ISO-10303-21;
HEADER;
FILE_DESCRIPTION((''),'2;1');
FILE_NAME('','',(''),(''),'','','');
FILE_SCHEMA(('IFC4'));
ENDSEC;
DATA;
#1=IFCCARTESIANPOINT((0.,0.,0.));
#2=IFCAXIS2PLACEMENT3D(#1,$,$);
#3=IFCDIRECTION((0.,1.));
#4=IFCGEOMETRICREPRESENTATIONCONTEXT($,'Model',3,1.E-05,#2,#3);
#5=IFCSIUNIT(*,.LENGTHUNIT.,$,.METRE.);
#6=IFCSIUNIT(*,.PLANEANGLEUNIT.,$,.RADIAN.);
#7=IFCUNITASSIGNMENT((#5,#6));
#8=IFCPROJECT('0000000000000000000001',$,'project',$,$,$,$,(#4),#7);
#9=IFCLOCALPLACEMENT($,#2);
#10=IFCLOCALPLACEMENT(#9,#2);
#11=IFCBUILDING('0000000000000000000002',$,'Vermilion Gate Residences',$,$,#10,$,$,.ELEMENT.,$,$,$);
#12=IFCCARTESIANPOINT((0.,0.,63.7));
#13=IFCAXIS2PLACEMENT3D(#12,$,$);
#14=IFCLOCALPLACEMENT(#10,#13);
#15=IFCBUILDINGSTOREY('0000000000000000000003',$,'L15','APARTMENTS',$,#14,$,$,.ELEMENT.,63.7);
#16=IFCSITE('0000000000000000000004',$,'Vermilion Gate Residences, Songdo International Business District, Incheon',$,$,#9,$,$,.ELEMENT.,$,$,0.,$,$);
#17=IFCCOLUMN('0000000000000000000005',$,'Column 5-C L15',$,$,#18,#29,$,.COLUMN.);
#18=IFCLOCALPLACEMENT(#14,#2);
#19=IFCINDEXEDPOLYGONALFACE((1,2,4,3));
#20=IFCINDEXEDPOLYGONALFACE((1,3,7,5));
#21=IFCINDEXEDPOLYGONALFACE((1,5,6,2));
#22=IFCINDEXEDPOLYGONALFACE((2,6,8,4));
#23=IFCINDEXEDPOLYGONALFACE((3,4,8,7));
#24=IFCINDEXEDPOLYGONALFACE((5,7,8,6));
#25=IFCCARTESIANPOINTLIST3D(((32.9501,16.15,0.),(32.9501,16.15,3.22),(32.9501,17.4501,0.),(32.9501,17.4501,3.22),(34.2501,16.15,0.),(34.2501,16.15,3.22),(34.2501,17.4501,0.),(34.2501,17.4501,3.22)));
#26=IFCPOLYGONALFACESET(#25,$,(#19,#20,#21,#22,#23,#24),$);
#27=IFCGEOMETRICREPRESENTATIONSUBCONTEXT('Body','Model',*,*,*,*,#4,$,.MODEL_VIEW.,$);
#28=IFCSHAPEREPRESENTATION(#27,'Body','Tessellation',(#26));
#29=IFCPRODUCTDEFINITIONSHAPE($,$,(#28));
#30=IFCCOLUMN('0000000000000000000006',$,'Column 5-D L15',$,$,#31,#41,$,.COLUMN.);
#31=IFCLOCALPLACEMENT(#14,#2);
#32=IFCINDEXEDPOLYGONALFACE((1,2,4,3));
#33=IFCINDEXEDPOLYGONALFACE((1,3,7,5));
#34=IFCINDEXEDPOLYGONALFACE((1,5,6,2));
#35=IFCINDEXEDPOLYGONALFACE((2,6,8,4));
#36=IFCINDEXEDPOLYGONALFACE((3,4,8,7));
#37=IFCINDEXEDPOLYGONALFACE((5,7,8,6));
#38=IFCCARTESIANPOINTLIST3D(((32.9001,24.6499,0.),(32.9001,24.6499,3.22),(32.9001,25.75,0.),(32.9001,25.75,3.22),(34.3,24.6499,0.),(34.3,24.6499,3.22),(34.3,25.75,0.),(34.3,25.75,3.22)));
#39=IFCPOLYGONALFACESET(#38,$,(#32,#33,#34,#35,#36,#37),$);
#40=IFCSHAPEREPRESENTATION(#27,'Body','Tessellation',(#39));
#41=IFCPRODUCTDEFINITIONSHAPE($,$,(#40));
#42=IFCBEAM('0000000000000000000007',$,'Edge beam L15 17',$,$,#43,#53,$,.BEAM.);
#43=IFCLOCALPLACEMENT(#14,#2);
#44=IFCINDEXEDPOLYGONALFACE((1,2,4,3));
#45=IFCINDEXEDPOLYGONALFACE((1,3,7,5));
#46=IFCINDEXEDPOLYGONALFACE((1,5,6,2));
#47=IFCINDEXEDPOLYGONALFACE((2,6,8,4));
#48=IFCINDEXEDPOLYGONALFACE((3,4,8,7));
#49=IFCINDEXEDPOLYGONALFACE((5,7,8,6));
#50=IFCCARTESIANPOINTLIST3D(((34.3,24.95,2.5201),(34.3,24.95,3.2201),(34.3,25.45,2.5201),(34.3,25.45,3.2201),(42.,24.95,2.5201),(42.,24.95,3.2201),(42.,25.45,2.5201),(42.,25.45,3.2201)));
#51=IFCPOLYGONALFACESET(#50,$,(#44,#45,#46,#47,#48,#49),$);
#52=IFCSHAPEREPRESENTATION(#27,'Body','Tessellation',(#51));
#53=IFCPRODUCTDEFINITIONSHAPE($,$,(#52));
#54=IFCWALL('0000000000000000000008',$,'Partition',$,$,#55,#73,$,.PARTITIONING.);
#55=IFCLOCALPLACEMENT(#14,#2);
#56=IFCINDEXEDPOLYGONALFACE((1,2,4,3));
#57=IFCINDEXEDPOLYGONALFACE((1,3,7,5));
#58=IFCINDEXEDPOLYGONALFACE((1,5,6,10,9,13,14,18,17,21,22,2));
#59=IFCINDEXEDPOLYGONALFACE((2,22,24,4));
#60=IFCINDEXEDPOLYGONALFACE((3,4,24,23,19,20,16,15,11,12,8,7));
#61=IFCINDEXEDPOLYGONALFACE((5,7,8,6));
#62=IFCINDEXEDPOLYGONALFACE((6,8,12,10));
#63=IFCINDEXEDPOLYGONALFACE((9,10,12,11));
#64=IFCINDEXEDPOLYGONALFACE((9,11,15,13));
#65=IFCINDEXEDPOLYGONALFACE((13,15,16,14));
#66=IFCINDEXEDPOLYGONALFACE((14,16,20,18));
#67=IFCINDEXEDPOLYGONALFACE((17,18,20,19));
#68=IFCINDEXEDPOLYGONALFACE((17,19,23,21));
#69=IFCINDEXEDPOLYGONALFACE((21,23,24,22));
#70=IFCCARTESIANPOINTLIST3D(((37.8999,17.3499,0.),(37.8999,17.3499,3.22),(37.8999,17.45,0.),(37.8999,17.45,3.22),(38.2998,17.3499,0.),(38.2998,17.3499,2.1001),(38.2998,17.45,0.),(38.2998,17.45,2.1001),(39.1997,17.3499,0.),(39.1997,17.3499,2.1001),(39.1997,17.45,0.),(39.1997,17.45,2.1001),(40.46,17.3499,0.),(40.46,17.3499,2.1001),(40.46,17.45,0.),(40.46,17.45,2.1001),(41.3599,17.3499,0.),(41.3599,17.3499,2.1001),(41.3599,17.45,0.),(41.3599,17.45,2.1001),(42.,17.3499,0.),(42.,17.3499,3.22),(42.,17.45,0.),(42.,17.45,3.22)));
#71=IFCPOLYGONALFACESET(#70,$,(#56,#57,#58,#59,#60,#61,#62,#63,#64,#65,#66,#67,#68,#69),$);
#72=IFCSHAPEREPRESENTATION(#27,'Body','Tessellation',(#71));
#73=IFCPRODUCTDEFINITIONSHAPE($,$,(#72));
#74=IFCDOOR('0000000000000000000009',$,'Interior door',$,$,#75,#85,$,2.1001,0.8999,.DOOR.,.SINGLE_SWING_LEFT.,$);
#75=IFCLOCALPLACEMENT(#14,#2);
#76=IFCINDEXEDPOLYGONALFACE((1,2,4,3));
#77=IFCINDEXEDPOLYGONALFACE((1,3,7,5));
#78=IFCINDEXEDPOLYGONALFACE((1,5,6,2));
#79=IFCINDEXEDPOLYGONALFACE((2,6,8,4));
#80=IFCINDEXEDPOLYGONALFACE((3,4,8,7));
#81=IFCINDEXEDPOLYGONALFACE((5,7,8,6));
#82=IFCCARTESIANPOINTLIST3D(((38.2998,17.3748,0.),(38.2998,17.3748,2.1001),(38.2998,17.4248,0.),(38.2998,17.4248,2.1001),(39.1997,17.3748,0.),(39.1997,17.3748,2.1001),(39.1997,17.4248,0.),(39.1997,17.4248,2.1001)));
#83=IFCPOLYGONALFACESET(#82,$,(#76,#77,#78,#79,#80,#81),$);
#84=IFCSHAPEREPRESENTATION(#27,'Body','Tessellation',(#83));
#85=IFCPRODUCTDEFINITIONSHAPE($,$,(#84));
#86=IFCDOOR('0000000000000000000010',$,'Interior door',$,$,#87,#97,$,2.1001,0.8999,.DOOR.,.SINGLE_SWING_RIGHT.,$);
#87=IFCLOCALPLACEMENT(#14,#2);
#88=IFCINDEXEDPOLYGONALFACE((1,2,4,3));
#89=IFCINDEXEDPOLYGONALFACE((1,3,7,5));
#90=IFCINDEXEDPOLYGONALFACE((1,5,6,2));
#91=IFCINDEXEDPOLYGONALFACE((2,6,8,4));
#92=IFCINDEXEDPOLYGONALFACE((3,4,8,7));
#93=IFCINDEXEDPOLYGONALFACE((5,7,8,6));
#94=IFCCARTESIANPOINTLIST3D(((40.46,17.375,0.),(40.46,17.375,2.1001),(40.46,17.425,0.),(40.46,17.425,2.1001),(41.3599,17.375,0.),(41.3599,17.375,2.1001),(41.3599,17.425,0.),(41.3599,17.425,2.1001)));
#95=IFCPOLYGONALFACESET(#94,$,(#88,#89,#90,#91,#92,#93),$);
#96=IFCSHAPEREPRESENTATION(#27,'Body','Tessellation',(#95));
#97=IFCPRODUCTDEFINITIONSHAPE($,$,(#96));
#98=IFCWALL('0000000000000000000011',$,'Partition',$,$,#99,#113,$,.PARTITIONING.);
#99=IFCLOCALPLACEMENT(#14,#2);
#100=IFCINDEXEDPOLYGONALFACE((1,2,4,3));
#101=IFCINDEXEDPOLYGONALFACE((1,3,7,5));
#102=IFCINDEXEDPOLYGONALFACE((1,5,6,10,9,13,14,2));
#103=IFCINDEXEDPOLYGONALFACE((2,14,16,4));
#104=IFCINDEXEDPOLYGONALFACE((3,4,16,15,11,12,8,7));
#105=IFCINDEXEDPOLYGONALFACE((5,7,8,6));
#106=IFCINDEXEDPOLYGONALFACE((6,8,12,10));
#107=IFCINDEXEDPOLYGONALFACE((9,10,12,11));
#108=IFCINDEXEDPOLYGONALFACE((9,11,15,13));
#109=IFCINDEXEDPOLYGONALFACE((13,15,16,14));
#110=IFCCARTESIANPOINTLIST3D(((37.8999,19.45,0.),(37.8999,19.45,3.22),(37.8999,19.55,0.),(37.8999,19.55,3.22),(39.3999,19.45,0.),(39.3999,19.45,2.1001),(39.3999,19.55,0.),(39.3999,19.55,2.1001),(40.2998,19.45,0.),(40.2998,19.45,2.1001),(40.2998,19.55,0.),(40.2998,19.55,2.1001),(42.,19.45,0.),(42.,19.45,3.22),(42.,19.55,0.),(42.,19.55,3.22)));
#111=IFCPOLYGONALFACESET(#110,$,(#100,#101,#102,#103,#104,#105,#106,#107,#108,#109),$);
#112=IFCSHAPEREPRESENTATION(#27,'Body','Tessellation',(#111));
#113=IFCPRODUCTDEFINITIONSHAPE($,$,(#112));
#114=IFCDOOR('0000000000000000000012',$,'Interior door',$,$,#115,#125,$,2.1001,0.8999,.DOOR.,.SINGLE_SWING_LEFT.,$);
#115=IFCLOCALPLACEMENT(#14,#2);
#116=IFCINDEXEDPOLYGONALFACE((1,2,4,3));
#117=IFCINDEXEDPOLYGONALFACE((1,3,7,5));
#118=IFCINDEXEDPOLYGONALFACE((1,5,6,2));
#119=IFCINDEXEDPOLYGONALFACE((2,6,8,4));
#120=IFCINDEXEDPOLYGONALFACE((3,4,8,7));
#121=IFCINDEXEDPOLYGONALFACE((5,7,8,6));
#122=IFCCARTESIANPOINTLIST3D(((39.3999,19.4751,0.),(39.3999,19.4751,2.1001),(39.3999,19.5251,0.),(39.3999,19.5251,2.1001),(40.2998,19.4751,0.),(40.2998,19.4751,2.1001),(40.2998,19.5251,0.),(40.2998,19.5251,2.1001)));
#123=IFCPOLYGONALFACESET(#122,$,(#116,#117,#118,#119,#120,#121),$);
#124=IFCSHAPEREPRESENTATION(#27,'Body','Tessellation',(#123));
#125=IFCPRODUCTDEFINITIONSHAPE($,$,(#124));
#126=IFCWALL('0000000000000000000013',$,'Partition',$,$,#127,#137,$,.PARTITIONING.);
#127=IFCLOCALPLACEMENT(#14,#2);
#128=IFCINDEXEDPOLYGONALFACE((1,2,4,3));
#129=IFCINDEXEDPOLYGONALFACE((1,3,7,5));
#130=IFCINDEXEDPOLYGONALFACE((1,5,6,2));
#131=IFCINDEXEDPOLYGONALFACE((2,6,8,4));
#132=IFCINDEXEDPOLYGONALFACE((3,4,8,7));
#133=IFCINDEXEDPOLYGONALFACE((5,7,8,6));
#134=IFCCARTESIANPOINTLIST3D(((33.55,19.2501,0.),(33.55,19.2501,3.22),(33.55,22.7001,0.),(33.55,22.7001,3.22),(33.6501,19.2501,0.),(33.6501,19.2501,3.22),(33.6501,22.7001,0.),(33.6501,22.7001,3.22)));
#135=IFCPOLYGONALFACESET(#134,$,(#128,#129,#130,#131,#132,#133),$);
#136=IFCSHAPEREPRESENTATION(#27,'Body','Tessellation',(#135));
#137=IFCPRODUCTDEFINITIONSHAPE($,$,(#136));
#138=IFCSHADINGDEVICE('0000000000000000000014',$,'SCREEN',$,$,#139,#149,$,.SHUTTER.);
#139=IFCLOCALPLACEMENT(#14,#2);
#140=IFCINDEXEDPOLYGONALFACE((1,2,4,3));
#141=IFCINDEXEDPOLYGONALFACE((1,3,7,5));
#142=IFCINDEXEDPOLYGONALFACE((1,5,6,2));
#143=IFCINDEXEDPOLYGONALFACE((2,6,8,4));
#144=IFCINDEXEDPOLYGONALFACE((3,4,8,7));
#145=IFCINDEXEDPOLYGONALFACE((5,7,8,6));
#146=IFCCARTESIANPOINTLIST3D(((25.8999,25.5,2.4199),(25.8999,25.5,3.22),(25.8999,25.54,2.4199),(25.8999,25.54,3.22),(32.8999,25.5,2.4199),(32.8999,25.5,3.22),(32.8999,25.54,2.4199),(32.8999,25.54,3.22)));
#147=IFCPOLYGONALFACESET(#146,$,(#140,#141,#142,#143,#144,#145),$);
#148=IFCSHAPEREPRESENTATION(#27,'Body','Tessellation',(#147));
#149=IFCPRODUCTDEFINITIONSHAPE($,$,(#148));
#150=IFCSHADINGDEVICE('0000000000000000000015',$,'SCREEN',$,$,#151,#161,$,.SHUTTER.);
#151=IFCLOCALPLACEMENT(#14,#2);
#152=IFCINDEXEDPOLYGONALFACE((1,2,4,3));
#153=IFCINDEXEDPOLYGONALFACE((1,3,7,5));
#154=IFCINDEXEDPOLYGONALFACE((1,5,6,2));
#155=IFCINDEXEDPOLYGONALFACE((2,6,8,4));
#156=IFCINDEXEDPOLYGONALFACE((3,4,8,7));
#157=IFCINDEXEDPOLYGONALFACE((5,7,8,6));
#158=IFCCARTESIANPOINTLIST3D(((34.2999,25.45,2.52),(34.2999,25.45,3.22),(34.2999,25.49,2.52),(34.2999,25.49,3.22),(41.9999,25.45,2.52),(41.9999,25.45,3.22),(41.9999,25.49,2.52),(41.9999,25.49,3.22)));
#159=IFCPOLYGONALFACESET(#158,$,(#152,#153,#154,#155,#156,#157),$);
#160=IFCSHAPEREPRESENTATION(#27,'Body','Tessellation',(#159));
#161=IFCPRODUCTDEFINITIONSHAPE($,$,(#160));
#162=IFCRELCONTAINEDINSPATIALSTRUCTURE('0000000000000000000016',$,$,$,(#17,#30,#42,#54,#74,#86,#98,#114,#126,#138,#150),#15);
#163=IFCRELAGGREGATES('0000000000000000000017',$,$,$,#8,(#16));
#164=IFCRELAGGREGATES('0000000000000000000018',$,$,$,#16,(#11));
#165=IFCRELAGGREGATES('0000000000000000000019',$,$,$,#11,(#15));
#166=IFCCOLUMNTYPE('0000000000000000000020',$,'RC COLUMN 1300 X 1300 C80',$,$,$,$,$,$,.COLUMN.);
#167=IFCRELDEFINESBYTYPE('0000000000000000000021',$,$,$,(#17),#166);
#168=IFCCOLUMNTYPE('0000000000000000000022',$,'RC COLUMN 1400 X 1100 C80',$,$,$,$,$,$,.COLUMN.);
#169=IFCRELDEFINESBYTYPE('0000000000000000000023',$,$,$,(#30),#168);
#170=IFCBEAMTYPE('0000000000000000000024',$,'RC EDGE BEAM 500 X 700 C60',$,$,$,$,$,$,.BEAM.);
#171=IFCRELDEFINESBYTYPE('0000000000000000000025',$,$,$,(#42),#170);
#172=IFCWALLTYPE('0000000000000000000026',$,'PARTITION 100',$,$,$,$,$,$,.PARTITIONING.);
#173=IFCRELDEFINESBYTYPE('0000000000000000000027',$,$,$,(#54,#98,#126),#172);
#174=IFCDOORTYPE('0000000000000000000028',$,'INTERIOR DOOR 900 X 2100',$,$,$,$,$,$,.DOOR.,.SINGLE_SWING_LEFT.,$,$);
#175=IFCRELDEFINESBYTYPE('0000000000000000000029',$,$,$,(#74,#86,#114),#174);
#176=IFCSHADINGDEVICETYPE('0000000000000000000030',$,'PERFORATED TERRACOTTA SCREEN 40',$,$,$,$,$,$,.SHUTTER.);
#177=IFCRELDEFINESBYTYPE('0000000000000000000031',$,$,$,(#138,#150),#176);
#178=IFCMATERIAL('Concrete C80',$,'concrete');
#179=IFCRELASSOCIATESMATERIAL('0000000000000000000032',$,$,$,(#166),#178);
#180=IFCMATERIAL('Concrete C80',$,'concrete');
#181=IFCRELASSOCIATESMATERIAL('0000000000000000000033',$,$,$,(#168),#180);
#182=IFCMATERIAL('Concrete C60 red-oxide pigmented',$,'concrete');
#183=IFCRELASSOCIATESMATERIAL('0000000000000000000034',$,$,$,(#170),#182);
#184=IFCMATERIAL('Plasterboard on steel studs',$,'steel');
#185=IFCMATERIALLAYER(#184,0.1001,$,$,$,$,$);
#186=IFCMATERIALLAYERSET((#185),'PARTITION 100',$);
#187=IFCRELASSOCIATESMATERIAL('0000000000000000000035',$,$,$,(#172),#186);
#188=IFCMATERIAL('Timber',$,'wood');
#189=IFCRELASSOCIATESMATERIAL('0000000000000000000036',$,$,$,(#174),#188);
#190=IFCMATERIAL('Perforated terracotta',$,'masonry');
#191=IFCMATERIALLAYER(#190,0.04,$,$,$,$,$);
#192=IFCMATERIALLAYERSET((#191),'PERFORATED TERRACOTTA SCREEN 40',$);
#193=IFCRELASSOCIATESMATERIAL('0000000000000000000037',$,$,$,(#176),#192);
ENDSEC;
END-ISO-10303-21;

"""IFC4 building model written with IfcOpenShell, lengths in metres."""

from ifc_helpers import new_model, si_unit, direction, frame, frame_2d, origin, origin_2d, place, context, subcontext, project, spatial, rectangle, extrude, material, layer, layer_set, material_profile, profile_set, type_object, element, fill, save


model = new_model("IFC4")

# Units and contexts
model_context = context("Model", 3, precision=1e-05, world=origin(), true_north=direction((0.0, 1.0)))
body_context = subcontext(model_context, "Body", "Model", "MODEL_VIEW")
ifc_project = project(units=[si_unit("LENGTHUNIT", "METRE"), si_unit("PLANEANGLEUNIT", "RADIAN")], contexts=[model_context])

# Site, building, storey
site_placement = place(None, origin())
site = spatial("IfcSite", under=ifc_project, at=site_placement, Name="Vermilion Gate Residences, Songdo International Business District, Incheon", CompositionType="ELEMENT", RefElevation=0.0)
building_placement = place(site_placement, origin())
building = spatial("IfcBuilding", under=site, at=building_placement, Name="Vermilion Gate Residences", CompositionType="ELEMENT")
storey_placement = place(building_placement, frame((0.0, 0.0, 63.7)))
storey = spatial("IfcBuildingStorey", under=building, at=storey_placement, Name="L15", Description="APARTMENTS", CompositionType="ELEMENT", Elevation=63.7)

# Columns
ifc_material_1 = material(Name="Concrete C80", Category="concrete")
ifc_material_profile_1 = material_profile(ifc_material_1, rectangle(XDim=1.3, YDim=1.3, at=origin_2d()), Name="RC-1300x1300")
ifc_profile_set_1 = profile_set([ifc_material_profile_1], Name="Concrete C80")
column_type_1 = type_object("IfcColumnType", Name="RC COLUMN 1300 X 1300 C80", PredefinedType="COLUMN", material=ifc_profile_set_1)
column_1_placement = place(storey_placement, frame((33.6001, 16.8, 0.0), z_axis=(0.0, 0.0, 1.0), x_axis=(1.0, 0.0, 0.0)))
element("IfcColumn", 1, at=column_1_placement, inside=storey, type_object=column_type_1, Name="Column 5-C L15", PredefinedType="COLUMN", context=body_context, shape_type="SweptSolid", body=[
    extrude(rectangle(XDim=1.3, YDim=1.3, at=origin_2d()), origin(), (0.0, 0.0, 1.0), 3.22),
])
ifc_material_2 = material(Name="Concrete C80", Category="concrete")
ifc_material_profile_2 = material_profile(ifc_material_2, rectangle(XDim=1.3999, YDim=1.1001, at=origin_2d()), Name="RC-1400x1100")
ifc_profile_set_2 = profile_set([ifc_material_profile_2], Name="Concrete C80")
column_type_2 = type_object("IfcColumnType", Name="RC COLUMN 1400 X 1100 C80", PredefinedType="COLUMN", material=ifc_profile_set_2)
column_2_placement = place(storey_placement, frame((33.6001, 25.2, 0.0), z_axis=(0.0, 0.0, 1.0), x_axis=(1.0, 0.0, 0.0)))
element("IfcColumn", 2, at=column_2_placement, inside=storey, type_object=column_type_2, Name="Column 5-D L15", PredefinedType="COLUMN", context=body_context, shape_type="SweptSolid", body=[
    extrude(rectangle(XDim=1.3999, YDim=1.1001, at=origin_2d()), origin(), (0.0, 0.0, 1.0), 3.22),
])

# Beam
ifc_material_3 = material(Name="Concrete C60 red-oxide pigmented", Category="concrete")
ifc_material_profile_3 = material_profile(ifc_material_3, rectangle(XDim=0.5, YDim=0.7, at=origin_2d()), Name="RC-500x700")
ifc_profile_set_3 = profile_set([ifc_material_profile_3], Name="Concrete C60 red-oxide pigmented")
beam_type = type_object("IfcBeamType", Name="RC EDGE BEAM 500 X 700 C60", PredefinedType="BEAM", material=ifc_profile_set_3)
beam_placement = place(storey_placement, frame((34.3, 25.2, 2.8701), z_axis=(1.0, 0.0, 0.0), x_axis=(0.0, 1.0, 0.0)))
element("IfcBeam", 3, at=beam_placement, inside=storey, type_object=beam_type, Name="Edge beam L15 17", PredefinedType="BEAM", context=body_context, shape_type="SweptSolid", body=[
    extrude(rectangle(XDim=0.5, YDim=0.7, at=origin_2d()), origin(), (0.0, 0.0, 1.0), 7.7),
])

# Wall, openings, doors
ifc_material_4 = material(Name="Plasterboard on steel studs", Category="steel")
ifc_layer_1 = layer(ifc_material_4, 0.1001)
ifc_layer_set_1 = layer_set([ifc_layer_1], Name="PARTITION 100")
wall_type = type_object("IfcWallType", Name="PARTITION 100", PredefinedType="PARTITIONING", material=ifc_layer_set_1)
wall_1_placement = place(storey_placement, frame((37.8999, 17.3999, 0.0), z_axis=(0.0, 0.0, 1.0), x_axis=(1.0, 0.0, 0.0)))
wall_1 = element("IfcWall", 4, at=wall_1_placement, inside=storey, type_object=wall_type, Name="Partition", PredefinedType="PARTITIONING", context=body_context, shape_type="SweptSolid", body=[
    extrude(rectangle(XDim=4.1001, YDim=0.1001, at=frame_2d((2.05, 0.0))), origin(), (0.0, 0.0, 1.0), 3.22),
])
opening_1_placement = place(wall_1_placement, frame((0.3999, 0.0, 0.0)))
opening_1 = element("IfcOpeningElement", 5, at=opening_1_placement, cuts=wall_1, PredefinedType="OPENING", context=body_context, shape_type="SweptSolid", body=[
    extrude(rectangle(XDim=0.8999, YDim=2.1001, at=frame_2d((0.45, 1.05))), frame((0.0, 0.0601, 0.0), z_axis=(0.0, -1.0, 0.0), x_axis=(1.0, 0.0, 0.0)), (0.0, 0.0, 1.0), 0.1201),
])
opening_2_placement = place(wall_1_placement, frame((2.5601, 0.0, 0.0)))
opening_2 = element("IfcOpeningElement", 6, at=opening_2_placement, cuts=wall_1, PredefinedType="OPENING", context=body_context, shape_type="SweptSolid", body=[
    extrude(rectangle(XDim=0.8999, YDim=2.1001, at=frame_2d((0.45, 1.05))), frame((0.0, 0.0601, 0.0), z_axis=(0.0, -1.0, 0.0), x_axis=(1.0, 0.0, 0.0)), (0.0, 0.0, 1.0), 0.1201),
])
ifc_material_5 = material(Name="Timber", Category="wood")
door_type = type_object("IfcDoorType", Name="INTERIOR DOOR 900 X 2100", OperationType="SINGLE_SWING_LEFT", PredefinedType="DOOR", material=ifc_material_5)
door_1_placement = place(opening_1_placement, origin())
door_1 = element("IfcDoor", 7, at=door_1_placement, inside=storey, type_object=door_type, Name="Interior door", OperationType="SINGLE_SWING_LEFT", OverallHeight=2.1001, OverallWidth=0.8999, PredefinedType="DOOR", context=body_context, shape_type="SweptSolid", body=[
    extrude(rectangle(XDim=0.8999, YDim=2.1001, at=frame_2d((0.45, 1.05))), frame((0.0, 0.0249, 0.0), z_axis=(0.0, -1.0, 0.0), x_axis=(1.0, 0.0, 0.0)), (0.0, 0.0, 1.0), 0.05),
])
fill(opening_1, door_1)
door_2_placement = place(opening_2_placement, frame((0.8999, 0.0, 0.0), z_axis=(0.0, 0.0, 1.0), x_axis=(-1.0, 0.0, 0.0)))
door_2 = element("IfcDoor", 8, at=door_2_placement, inside=storey, type_object=door_type, Name="Interior door", OperationType="SINGLE_SWING_RIGHT", OverallHeight=2.1001, OverallWidth=0.8999, PredefinedType="DOOR", context=body_context, shape_type="SweptSolid", body=[
    extrude(rectangle(XDim=0.8999, YDim=2.1001, at=frame_2d((0.45, 1.05))), frame((0.0, 0.0249, 0.0), z_axis=(0.0, -1.0, 0.0), x_axis=(1.0, 0.0, 0.0)), (0.0, 0.0, 1.0), 0.05),
])
fill(opening_2, door_2)

# Wall, opening, door
wall_2_placement = place(storey_placement, frame((37.8999, 19.5, 0.0), z_axis=(0.0, 0.0, 1.0), x_axis=(1.0, 0.0, 0.0)))
wall_2 = element("IfcWall", 9, at=wall_2_placement, inside=storey, type_object=wall_type, Name="Partition", PredefinedType="PARTITIONING", context=body_context, shape_type="SweptSolid", body=[
    extrude(rectangle(XDim=4.1001, YDim=0.1001, at=frame_2d((2.05, 0.0))), origin(), (0.0, 0.0, 1.0), 3.22),
])
opening_3_placement = place(wall_2_placement, frame((1.5, 0.0, 0.0)))
opening_3 = element("IfcOpeningElement", 10, at=opening_3_placement, cuts=wall_2, PredefinedType="OPENING", context=body_context, shape_type="SweptSolid", body=[
    extrude(rectangle(XDim=0.8999, YDim=2.1001, at=frame_2d((0.45, 1.05))), frame((0.0, 0.0601, 0.0), z_axis=(0.0, -1.0, 0.0), x_axis=(1.0, 0.0, 0.0)), (0.0, 0.0, 1.0), 0.1201),
])
door_3_placement = place(opening_3_placement, frame((0.8999, 0.0, 0.0), z_axis=(0.0, 0.0, 1.0), x_axis=(-1.0, 0.0, 0.0)))
door_3 = element("IfcDoor", 11, at=door_3_placement, inside=storey, type_object=door_type, Name="Interior door", OperationType="SINGLE_SWING_LEFT", OverallHeight=2.1001, OverallWidth=0.8999, PredefinedType="DOOR", context=body_context, shape_type="SweptSolid", body=[
    extrude(rectangle(XDim=0.8999, YDim=2.1001, at=frame_2d((0.45, 1.05))), frame((0.0, 0.0249, 0.0), z_axis=(0.0, -1.0, 0.0), x_axis=(1.0, 0.0, 0.0)), (0.0, 0.0, 1.0), 0.05),
])
fill(opening_3, door_3)

# Wall
wall_3_placement = place(storey_placement, frame((33.6001, 19.25, 0.0), z_axis=(0.0, 0.0, 1.0), x_axis=(0.0, 1.0, 0.0)))
element("IfcWall", 12, at=wall_3_placement, inside=storey, type_object=wall_type, Name="Partition", PredefinedType="PARTITIONING", context=body_context, shape_type="SweptSolid", body=[
    extrude(rectangle(XDim=3.45, YDim=0.1001, at=frame_2d((1.7251, 0.0))), origin(), (0.0, 0.0, 1.0), 3.22),
])

# Shading devices
ifc_material_6 = material(Name="Perforated terracotta", Category="masonry")
ifc_layer_2 = layer(ifc_material_6, 0.04)
ifc_layer_set_2 = layer_set([ifc_layer_2], Name="PERFORATED TERRACOTTA SCREEN 40")
shading_device_type_1 = type_object("IfcShadingDeviceType", Name="PERFORATED TERRACOTTA SCREEN 40", PredefinedType="SHUTTER", material=ifc_layer_set_2)
shading_device_1_placement = place(storey_placement, frame((29.3999, 25.52, 2.4199), z_axis=(0.0, 0.0, 1.0), x_axis=(-1.0, 0.0, 0.0)))
element("IfcShadingDevice", 13, at=shading_device_1_placement, inside=storey, type_object=shading_device_type_1, Name="SCREEN", PredefinedType="SHUTTER", context=body_context, shape_type="SweptSolid", body=[
    extrude(rectangle(XDim=7.0, YDim=0.04, at=origin_2d()), origin(), (0.0, 0.0, 1.0), 0.8),
])
shading_device_2_placement = place(storey_placement, frame((38.1499, 25.47, 2.52), z_axis=(0.0, 0.0, 1.0), x_axis=(-1.0, 0.0, 0.0)))
element("IfcShadingDevice", 14, at=shading_device_2_placement, inside=storey, type_object=shading_device_type_1, Name="SCREEN", PredefinedType="SHUTTER", context=body_context, shape_type="SweptSolid", body=[
    extrude(rectangle(XDim=7.7, YDim=0.04, at=origin_2d()), origin(), (0.0, 0.0, 1.0), 0.7),
])

save(model, "model.ifc")
